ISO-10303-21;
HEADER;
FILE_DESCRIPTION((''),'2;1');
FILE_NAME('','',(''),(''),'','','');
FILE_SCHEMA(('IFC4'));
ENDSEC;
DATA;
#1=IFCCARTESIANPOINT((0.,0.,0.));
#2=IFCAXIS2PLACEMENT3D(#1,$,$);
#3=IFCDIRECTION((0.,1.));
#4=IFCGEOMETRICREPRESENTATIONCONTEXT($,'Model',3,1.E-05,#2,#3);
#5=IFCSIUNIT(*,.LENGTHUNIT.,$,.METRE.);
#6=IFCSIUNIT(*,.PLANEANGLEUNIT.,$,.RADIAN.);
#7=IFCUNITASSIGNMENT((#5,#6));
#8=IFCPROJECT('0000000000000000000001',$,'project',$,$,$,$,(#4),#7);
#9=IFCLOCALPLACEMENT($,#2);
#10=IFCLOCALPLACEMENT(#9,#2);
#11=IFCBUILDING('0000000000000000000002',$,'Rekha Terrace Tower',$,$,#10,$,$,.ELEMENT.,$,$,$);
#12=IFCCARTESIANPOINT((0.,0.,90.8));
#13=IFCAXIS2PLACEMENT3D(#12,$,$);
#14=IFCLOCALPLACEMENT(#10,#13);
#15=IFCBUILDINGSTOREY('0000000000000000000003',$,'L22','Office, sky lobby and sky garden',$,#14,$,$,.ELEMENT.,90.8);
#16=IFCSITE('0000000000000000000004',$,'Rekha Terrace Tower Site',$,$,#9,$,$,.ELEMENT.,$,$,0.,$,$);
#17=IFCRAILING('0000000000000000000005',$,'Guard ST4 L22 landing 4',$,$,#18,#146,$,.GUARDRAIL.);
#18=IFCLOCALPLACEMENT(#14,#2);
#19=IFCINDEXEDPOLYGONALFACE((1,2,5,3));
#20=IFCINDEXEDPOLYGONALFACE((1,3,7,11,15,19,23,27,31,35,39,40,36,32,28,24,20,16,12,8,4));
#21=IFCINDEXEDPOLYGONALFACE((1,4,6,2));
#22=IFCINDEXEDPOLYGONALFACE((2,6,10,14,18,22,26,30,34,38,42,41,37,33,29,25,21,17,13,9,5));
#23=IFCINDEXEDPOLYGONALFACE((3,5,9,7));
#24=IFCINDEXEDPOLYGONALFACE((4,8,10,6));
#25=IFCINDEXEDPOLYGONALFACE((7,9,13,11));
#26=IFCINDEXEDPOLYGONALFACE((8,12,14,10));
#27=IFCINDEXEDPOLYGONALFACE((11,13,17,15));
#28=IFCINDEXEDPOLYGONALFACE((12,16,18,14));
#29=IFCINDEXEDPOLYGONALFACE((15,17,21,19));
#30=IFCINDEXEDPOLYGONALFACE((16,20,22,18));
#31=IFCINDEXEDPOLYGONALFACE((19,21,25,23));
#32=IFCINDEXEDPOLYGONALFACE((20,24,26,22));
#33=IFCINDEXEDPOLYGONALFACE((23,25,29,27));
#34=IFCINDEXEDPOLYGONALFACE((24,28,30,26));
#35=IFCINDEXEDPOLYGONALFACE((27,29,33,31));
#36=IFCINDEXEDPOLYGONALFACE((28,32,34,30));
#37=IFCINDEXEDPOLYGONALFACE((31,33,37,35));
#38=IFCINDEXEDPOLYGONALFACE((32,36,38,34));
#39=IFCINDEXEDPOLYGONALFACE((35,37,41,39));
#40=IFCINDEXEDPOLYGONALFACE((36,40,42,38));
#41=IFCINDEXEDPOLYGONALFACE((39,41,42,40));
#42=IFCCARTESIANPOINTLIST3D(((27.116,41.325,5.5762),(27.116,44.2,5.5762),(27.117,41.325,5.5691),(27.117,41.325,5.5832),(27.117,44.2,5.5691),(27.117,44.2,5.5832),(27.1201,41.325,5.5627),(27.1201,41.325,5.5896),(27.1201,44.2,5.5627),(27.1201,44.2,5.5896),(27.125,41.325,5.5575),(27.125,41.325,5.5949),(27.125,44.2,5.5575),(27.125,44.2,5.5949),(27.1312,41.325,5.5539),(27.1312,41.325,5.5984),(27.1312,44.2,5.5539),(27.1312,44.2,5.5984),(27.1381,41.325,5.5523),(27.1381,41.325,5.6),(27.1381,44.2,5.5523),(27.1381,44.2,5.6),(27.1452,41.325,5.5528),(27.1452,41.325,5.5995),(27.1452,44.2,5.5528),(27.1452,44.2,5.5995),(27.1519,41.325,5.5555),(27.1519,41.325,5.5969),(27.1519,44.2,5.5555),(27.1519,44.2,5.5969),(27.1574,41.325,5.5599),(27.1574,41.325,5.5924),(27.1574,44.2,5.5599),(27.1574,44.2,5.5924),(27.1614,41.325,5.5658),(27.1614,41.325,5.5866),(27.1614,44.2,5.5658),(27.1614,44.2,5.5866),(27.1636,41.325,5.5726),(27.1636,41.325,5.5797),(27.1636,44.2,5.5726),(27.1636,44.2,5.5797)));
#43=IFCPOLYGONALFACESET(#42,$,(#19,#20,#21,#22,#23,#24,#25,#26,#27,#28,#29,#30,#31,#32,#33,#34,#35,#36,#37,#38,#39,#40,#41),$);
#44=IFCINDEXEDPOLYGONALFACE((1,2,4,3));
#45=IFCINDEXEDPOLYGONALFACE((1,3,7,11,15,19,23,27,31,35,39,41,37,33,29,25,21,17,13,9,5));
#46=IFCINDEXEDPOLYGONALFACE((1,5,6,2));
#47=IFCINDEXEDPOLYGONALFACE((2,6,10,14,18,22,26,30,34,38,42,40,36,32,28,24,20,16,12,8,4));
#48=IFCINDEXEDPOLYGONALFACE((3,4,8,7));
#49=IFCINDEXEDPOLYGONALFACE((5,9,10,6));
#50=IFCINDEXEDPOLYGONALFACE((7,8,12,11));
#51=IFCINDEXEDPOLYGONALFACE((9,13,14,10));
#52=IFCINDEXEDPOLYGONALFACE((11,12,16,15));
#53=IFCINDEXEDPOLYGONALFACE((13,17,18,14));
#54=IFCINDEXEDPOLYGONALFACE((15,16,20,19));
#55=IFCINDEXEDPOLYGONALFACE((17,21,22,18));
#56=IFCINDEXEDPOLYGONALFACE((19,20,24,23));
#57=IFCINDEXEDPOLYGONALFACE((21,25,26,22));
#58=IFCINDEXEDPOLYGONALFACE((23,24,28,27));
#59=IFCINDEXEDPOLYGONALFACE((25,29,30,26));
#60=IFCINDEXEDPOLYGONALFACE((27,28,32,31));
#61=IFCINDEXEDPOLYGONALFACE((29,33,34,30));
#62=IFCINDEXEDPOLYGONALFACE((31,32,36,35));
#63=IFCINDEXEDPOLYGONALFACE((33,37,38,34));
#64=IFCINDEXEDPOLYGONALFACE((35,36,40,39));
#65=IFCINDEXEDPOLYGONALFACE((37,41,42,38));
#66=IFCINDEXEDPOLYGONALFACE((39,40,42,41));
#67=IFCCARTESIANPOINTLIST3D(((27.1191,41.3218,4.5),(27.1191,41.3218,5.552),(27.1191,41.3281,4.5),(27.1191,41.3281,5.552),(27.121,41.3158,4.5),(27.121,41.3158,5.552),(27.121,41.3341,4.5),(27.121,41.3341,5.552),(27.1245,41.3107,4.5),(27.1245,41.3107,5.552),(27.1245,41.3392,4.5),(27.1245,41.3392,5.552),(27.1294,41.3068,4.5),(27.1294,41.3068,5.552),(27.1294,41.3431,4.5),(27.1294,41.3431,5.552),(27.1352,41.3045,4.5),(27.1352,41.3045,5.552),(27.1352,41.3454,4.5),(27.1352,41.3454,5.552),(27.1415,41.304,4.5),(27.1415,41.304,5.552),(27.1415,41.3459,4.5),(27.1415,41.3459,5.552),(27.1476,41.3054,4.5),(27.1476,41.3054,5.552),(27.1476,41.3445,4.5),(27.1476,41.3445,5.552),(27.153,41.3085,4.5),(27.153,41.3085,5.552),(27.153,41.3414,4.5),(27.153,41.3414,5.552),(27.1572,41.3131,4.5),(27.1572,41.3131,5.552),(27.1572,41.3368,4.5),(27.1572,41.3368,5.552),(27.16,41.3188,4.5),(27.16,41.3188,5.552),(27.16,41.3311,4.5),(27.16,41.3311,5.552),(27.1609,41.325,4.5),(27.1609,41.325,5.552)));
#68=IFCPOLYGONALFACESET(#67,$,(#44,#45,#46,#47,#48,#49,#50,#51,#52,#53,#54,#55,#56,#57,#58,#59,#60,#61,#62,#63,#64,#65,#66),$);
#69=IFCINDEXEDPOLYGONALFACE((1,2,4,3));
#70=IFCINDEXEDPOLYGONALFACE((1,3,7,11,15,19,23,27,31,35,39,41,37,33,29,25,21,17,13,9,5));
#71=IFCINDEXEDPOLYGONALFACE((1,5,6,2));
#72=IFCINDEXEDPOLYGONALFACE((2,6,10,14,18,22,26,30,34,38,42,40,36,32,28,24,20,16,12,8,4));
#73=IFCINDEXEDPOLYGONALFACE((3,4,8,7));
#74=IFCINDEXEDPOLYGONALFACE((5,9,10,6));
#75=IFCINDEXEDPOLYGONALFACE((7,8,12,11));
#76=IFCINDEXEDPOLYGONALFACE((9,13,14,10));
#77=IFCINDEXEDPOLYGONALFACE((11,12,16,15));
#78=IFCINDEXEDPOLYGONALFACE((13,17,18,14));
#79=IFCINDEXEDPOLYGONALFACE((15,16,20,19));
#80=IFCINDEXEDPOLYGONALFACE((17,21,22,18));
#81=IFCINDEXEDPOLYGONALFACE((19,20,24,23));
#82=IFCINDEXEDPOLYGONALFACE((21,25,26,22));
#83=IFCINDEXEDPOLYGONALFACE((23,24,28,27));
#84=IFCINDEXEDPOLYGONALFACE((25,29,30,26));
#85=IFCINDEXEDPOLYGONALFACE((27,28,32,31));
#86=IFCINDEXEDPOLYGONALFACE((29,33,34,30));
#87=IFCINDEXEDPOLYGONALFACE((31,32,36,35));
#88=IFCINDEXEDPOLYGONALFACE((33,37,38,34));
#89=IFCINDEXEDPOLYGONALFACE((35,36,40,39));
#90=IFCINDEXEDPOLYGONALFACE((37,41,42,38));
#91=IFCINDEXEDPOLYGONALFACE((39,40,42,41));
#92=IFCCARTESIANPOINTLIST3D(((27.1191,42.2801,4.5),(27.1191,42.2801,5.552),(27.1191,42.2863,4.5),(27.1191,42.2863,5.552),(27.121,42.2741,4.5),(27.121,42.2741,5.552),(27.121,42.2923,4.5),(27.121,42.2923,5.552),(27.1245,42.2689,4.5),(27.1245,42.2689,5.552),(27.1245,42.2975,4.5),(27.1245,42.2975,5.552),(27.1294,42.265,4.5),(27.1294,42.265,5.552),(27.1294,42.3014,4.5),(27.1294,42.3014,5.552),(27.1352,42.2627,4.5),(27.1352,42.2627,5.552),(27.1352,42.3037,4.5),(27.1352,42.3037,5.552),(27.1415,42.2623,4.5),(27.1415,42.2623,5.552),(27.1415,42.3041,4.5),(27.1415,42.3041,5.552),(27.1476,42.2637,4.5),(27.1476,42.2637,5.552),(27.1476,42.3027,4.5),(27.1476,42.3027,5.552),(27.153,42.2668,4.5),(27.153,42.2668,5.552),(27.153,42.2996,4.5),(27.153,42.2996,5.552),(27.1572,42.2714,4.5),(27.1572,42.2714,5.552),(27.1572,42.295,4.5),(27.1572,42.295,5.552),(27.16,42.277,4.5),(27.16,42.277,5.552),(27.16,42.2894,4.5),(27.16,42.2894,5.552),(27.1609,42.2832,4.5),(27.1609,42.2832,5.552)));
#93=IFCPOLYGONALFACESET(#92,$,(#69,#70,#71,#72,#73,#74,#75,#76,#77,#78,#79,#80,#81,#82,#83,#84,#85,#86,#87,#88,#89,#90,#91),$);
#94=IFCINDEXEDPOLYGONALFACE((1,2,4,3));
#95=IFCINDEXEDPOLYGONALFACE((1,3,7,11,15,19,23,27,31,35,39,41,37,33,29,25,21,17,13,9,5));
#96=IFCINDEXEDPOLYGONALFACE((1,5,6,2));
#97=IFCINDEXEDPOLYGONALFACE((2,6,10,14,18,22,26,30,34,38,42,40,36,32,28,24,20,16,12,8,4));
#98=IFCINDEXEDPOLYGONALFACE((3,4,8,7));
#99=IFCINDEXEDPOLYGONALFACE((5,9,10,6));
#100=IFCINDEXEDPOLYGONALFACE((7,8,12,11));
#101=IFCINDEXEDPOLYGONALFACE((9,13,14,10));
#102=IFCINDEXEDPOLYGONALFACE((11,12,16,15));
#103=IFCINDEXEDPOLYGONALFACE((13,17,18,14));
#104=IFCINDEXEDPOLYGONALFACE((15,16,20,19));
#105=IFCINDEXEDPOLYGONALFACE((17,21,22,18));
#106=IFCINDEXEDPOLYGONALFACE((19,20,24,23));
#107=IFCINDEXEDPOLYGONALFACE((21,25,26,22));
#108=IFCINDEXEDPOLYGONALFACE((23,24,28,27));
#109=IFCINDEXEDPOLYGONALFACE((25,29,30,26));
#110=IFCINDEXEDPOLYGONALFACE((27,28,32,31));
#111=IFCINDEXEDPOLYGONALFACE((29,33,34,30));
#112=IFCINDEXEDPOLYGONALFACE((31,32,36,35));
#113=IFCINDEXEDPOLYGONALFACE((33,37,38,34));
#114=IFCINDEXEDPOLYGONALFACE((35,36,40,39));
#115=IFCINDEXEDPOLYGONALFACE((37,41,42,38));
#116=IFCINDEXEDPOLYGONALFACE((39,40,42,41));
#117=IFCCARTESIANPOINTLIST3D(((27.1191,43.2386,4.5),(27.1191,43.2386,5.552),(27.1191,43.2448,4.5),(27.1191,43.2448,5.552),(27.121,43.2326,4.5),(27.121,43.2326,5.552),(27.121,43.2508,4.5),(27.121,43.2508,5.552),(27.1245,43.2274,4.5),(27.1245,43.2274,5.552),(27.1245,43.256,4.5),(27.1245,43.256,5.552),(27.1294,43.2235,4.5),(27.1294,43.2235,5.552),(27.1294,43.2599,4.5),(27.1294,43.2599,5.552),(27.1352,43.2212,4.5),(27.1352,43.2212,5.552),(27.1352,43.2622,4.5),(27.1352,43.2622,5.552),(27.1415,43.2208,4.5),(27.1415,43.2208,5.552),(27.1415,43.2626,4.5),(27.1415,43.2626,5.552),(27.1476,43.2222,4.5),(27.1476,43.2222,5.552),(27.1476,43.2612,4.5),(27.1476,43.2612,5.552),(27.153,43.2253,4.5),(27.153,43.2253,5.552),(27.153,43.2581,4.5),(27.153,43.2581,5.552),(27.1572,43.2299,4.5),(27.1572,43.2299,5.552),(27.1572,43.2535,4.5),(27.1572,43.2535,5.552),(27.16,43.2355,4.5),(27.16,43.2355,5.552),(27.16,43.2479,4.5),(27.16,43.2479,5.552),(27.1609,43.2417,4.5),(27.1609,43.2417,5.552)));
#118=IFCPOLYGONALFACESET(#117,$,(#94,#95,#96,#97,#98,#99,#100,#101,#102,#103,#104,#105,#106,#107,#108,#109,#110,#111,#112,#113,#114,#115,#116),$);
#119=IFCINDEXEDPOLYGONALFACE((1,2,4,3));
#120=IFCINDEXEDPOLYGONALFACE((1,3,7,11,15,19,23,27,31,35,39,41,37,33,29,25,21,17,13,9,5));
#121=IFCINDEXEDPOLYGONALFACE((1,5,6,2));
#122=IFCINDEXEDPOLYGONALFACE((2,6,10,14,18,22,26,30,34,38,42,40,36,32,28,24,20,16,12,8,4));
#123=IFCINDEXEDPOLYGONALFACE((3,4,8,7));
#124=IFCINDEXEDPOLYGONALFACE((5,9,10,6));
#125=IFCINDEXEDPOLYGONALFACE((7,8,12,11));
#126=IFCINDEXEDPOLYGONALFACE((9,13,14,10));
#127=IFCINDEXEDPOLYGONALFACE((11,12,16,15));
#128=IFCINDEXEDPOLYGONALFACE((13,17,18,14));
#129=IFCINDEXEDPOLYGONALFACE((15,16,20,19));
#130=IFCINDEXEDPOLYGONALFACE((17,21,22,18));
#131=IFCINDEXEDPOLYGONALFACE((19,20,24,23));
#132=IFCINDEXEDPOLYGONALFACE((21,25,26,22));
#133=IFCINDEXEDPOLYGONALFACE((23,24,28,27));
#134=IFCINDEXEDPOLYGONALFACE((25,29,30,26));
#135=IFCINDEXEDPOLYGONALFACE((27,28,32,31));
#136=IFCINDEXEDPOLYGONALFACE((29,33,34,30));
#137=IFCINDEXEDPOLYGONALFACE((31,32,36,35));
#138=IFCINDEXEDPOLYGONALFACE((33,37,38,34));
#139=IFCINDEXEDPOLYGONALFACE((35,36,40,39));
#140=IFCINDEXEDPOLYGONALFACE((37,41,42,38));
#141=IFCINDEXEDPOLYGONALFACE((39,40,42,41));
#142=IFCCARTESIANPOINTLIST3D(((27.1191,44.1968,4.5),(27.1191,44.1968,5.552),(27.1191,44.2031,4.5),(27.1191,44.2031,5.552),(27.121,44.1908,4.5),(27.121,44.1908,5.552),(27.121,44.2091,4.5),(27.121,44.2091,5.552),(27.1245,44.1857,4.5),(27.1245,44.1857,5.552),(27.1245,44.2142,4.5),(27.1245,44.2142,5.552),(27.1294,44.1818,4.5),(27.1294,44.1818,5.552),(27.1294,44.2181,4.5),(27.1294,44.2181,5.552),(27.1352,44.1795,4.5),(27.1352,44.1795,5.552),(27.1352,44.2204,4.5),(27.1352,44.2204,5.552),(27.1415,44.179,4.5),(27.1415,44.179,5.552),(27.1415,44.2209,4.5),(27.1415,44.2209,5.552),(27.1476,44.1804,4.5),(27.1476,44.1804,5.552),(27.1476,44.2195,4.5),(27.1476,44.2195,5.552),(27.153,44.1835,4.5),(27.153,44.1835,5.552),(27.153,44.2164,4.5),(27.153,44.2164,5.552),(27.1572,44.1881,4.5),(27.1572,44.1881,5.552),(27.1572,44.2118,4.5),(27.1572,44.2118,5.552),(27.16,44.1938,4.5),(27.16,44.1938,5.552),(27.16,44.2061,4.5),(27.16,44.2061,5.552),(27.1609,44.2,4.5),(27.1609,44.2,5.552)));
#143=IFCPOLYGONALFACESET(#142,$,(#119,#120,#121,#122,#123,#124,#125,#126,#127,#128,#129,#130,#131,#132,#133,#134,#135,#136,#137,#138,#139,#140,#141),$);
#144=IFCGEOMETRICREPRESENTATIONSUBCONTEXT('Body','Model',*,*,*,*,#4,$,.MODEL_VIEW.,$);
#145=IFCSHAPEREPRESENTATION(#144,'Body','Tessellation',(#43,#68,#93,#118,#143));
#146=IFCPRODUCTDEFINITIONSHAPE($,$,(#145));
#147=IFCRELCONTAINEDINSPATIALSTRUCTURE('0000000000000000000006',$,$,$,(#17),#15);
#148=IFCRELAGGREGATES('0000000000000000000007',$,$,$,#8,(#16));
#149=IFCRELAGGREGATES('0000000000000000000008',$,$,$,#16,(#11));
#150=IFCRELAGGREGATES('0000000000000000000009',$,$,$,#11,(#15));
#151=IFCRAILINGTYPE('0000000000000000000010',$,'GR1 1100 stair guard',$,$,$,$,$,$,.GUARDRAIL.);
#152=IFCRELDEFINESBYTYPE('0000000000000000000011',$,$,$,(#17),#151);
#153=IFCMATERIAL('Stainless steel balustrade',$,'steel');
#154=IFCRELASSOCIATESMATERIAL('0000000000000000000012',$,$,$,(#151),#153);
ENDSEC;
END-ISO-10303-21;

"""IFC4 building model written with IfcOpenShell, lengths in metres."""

from ifc_helpers import new_model, si_unit, direction, frame, origin, origin_2d, place, context, subcontext, project, spatial, circle, extrude, material, type_object, element, save


model = new_model("IFC4")

# Units and contexts
model_context = context("Model", 3, precision=1e-05, world=origin(), true_north=direction((0.0, 1.0)))
body_context = subcontext(model_context, "Body", "Model", "MODEL_VIEW")
ifc_project = project(units=[si_unit("LENGTHUNIT", "METRE"), si_unit("PLANEANGLEUNIT", "RADIAN")], contexts=[model_context])

# Site, building, storey
site_placement = place(None, origin())
site = spatial("IfcSite", under=ifc_project, at=site_placement, Name="Rekha Terrace Tower Site", CompositionType="ELEMENT", RefElevation=0.0)
building_placement = place(site_placement, origin())
building = spatial("IfcBuilding", under=site, at=building_placement, Name="Rekha Terrace Tower", CompositionType="ELEMENT")
storey_placement = place(building_placement, frame((0.0, 0.0, 90.8)))
storey = spatial("IfcBuildingStorey", under=building, at=storey_placement, Name="L22", Description="Office, sky lobby and sky garden", CompositionType="ELEMENT", Elevation=90.8)

# Railing
ifc_material_1 = material(Name="Stainless steel balustrade", Category="steel")
railing_type_1 = type_object("IfcRailingType", Name="GR1 1100 stair guard", PredefinedType="GUARDRAIL", material=ifc_material_1)
railing_1_placement = place(storey_placement, frame((27.1399, 41.325, 4.5)))
element("IfcRailing", 1, at=railing_1_placement, inside=storey, type_object=railing_type_1, Name="Guard ST4 L22 landing 4", PredefinedType="GUARDRAIL", context=body_context, shape_type="SweptSolid", body=[
    extrude(circle(Radius=0.0239, at=origin_2d()), frame((0.0, 0.0, 1.0762), z_axis=(0.0, 1.0, 0.0), x_axis=(-1.0, 0.0, 0.0)), (0.0, 0.0, 1.0), 2.875),
    extrude(circle(Radius=0.021, at=origin_2d()), origin(), (0.0, 0.0, 1.0), 1.052),
    extrude(circle(Radius=0.021, at=origin_2d()), frame((0.0, 0.9583, 0.0)), (0.0, 0.0, 1.0), 1.052),
    extrude(circle(Radius=0.021, at=origin_2d()), frame((0.0, 1.9167, 0.0)), (0.0, 0.0, 1.0), 1.052),
    extrude(circle(Radius=0.021, at=origin_2d()), frame((0.0, 2.875, 0.0)), (0.0, 0.0, 1.0), 1.052),
])

save(model, "model.ifc")
